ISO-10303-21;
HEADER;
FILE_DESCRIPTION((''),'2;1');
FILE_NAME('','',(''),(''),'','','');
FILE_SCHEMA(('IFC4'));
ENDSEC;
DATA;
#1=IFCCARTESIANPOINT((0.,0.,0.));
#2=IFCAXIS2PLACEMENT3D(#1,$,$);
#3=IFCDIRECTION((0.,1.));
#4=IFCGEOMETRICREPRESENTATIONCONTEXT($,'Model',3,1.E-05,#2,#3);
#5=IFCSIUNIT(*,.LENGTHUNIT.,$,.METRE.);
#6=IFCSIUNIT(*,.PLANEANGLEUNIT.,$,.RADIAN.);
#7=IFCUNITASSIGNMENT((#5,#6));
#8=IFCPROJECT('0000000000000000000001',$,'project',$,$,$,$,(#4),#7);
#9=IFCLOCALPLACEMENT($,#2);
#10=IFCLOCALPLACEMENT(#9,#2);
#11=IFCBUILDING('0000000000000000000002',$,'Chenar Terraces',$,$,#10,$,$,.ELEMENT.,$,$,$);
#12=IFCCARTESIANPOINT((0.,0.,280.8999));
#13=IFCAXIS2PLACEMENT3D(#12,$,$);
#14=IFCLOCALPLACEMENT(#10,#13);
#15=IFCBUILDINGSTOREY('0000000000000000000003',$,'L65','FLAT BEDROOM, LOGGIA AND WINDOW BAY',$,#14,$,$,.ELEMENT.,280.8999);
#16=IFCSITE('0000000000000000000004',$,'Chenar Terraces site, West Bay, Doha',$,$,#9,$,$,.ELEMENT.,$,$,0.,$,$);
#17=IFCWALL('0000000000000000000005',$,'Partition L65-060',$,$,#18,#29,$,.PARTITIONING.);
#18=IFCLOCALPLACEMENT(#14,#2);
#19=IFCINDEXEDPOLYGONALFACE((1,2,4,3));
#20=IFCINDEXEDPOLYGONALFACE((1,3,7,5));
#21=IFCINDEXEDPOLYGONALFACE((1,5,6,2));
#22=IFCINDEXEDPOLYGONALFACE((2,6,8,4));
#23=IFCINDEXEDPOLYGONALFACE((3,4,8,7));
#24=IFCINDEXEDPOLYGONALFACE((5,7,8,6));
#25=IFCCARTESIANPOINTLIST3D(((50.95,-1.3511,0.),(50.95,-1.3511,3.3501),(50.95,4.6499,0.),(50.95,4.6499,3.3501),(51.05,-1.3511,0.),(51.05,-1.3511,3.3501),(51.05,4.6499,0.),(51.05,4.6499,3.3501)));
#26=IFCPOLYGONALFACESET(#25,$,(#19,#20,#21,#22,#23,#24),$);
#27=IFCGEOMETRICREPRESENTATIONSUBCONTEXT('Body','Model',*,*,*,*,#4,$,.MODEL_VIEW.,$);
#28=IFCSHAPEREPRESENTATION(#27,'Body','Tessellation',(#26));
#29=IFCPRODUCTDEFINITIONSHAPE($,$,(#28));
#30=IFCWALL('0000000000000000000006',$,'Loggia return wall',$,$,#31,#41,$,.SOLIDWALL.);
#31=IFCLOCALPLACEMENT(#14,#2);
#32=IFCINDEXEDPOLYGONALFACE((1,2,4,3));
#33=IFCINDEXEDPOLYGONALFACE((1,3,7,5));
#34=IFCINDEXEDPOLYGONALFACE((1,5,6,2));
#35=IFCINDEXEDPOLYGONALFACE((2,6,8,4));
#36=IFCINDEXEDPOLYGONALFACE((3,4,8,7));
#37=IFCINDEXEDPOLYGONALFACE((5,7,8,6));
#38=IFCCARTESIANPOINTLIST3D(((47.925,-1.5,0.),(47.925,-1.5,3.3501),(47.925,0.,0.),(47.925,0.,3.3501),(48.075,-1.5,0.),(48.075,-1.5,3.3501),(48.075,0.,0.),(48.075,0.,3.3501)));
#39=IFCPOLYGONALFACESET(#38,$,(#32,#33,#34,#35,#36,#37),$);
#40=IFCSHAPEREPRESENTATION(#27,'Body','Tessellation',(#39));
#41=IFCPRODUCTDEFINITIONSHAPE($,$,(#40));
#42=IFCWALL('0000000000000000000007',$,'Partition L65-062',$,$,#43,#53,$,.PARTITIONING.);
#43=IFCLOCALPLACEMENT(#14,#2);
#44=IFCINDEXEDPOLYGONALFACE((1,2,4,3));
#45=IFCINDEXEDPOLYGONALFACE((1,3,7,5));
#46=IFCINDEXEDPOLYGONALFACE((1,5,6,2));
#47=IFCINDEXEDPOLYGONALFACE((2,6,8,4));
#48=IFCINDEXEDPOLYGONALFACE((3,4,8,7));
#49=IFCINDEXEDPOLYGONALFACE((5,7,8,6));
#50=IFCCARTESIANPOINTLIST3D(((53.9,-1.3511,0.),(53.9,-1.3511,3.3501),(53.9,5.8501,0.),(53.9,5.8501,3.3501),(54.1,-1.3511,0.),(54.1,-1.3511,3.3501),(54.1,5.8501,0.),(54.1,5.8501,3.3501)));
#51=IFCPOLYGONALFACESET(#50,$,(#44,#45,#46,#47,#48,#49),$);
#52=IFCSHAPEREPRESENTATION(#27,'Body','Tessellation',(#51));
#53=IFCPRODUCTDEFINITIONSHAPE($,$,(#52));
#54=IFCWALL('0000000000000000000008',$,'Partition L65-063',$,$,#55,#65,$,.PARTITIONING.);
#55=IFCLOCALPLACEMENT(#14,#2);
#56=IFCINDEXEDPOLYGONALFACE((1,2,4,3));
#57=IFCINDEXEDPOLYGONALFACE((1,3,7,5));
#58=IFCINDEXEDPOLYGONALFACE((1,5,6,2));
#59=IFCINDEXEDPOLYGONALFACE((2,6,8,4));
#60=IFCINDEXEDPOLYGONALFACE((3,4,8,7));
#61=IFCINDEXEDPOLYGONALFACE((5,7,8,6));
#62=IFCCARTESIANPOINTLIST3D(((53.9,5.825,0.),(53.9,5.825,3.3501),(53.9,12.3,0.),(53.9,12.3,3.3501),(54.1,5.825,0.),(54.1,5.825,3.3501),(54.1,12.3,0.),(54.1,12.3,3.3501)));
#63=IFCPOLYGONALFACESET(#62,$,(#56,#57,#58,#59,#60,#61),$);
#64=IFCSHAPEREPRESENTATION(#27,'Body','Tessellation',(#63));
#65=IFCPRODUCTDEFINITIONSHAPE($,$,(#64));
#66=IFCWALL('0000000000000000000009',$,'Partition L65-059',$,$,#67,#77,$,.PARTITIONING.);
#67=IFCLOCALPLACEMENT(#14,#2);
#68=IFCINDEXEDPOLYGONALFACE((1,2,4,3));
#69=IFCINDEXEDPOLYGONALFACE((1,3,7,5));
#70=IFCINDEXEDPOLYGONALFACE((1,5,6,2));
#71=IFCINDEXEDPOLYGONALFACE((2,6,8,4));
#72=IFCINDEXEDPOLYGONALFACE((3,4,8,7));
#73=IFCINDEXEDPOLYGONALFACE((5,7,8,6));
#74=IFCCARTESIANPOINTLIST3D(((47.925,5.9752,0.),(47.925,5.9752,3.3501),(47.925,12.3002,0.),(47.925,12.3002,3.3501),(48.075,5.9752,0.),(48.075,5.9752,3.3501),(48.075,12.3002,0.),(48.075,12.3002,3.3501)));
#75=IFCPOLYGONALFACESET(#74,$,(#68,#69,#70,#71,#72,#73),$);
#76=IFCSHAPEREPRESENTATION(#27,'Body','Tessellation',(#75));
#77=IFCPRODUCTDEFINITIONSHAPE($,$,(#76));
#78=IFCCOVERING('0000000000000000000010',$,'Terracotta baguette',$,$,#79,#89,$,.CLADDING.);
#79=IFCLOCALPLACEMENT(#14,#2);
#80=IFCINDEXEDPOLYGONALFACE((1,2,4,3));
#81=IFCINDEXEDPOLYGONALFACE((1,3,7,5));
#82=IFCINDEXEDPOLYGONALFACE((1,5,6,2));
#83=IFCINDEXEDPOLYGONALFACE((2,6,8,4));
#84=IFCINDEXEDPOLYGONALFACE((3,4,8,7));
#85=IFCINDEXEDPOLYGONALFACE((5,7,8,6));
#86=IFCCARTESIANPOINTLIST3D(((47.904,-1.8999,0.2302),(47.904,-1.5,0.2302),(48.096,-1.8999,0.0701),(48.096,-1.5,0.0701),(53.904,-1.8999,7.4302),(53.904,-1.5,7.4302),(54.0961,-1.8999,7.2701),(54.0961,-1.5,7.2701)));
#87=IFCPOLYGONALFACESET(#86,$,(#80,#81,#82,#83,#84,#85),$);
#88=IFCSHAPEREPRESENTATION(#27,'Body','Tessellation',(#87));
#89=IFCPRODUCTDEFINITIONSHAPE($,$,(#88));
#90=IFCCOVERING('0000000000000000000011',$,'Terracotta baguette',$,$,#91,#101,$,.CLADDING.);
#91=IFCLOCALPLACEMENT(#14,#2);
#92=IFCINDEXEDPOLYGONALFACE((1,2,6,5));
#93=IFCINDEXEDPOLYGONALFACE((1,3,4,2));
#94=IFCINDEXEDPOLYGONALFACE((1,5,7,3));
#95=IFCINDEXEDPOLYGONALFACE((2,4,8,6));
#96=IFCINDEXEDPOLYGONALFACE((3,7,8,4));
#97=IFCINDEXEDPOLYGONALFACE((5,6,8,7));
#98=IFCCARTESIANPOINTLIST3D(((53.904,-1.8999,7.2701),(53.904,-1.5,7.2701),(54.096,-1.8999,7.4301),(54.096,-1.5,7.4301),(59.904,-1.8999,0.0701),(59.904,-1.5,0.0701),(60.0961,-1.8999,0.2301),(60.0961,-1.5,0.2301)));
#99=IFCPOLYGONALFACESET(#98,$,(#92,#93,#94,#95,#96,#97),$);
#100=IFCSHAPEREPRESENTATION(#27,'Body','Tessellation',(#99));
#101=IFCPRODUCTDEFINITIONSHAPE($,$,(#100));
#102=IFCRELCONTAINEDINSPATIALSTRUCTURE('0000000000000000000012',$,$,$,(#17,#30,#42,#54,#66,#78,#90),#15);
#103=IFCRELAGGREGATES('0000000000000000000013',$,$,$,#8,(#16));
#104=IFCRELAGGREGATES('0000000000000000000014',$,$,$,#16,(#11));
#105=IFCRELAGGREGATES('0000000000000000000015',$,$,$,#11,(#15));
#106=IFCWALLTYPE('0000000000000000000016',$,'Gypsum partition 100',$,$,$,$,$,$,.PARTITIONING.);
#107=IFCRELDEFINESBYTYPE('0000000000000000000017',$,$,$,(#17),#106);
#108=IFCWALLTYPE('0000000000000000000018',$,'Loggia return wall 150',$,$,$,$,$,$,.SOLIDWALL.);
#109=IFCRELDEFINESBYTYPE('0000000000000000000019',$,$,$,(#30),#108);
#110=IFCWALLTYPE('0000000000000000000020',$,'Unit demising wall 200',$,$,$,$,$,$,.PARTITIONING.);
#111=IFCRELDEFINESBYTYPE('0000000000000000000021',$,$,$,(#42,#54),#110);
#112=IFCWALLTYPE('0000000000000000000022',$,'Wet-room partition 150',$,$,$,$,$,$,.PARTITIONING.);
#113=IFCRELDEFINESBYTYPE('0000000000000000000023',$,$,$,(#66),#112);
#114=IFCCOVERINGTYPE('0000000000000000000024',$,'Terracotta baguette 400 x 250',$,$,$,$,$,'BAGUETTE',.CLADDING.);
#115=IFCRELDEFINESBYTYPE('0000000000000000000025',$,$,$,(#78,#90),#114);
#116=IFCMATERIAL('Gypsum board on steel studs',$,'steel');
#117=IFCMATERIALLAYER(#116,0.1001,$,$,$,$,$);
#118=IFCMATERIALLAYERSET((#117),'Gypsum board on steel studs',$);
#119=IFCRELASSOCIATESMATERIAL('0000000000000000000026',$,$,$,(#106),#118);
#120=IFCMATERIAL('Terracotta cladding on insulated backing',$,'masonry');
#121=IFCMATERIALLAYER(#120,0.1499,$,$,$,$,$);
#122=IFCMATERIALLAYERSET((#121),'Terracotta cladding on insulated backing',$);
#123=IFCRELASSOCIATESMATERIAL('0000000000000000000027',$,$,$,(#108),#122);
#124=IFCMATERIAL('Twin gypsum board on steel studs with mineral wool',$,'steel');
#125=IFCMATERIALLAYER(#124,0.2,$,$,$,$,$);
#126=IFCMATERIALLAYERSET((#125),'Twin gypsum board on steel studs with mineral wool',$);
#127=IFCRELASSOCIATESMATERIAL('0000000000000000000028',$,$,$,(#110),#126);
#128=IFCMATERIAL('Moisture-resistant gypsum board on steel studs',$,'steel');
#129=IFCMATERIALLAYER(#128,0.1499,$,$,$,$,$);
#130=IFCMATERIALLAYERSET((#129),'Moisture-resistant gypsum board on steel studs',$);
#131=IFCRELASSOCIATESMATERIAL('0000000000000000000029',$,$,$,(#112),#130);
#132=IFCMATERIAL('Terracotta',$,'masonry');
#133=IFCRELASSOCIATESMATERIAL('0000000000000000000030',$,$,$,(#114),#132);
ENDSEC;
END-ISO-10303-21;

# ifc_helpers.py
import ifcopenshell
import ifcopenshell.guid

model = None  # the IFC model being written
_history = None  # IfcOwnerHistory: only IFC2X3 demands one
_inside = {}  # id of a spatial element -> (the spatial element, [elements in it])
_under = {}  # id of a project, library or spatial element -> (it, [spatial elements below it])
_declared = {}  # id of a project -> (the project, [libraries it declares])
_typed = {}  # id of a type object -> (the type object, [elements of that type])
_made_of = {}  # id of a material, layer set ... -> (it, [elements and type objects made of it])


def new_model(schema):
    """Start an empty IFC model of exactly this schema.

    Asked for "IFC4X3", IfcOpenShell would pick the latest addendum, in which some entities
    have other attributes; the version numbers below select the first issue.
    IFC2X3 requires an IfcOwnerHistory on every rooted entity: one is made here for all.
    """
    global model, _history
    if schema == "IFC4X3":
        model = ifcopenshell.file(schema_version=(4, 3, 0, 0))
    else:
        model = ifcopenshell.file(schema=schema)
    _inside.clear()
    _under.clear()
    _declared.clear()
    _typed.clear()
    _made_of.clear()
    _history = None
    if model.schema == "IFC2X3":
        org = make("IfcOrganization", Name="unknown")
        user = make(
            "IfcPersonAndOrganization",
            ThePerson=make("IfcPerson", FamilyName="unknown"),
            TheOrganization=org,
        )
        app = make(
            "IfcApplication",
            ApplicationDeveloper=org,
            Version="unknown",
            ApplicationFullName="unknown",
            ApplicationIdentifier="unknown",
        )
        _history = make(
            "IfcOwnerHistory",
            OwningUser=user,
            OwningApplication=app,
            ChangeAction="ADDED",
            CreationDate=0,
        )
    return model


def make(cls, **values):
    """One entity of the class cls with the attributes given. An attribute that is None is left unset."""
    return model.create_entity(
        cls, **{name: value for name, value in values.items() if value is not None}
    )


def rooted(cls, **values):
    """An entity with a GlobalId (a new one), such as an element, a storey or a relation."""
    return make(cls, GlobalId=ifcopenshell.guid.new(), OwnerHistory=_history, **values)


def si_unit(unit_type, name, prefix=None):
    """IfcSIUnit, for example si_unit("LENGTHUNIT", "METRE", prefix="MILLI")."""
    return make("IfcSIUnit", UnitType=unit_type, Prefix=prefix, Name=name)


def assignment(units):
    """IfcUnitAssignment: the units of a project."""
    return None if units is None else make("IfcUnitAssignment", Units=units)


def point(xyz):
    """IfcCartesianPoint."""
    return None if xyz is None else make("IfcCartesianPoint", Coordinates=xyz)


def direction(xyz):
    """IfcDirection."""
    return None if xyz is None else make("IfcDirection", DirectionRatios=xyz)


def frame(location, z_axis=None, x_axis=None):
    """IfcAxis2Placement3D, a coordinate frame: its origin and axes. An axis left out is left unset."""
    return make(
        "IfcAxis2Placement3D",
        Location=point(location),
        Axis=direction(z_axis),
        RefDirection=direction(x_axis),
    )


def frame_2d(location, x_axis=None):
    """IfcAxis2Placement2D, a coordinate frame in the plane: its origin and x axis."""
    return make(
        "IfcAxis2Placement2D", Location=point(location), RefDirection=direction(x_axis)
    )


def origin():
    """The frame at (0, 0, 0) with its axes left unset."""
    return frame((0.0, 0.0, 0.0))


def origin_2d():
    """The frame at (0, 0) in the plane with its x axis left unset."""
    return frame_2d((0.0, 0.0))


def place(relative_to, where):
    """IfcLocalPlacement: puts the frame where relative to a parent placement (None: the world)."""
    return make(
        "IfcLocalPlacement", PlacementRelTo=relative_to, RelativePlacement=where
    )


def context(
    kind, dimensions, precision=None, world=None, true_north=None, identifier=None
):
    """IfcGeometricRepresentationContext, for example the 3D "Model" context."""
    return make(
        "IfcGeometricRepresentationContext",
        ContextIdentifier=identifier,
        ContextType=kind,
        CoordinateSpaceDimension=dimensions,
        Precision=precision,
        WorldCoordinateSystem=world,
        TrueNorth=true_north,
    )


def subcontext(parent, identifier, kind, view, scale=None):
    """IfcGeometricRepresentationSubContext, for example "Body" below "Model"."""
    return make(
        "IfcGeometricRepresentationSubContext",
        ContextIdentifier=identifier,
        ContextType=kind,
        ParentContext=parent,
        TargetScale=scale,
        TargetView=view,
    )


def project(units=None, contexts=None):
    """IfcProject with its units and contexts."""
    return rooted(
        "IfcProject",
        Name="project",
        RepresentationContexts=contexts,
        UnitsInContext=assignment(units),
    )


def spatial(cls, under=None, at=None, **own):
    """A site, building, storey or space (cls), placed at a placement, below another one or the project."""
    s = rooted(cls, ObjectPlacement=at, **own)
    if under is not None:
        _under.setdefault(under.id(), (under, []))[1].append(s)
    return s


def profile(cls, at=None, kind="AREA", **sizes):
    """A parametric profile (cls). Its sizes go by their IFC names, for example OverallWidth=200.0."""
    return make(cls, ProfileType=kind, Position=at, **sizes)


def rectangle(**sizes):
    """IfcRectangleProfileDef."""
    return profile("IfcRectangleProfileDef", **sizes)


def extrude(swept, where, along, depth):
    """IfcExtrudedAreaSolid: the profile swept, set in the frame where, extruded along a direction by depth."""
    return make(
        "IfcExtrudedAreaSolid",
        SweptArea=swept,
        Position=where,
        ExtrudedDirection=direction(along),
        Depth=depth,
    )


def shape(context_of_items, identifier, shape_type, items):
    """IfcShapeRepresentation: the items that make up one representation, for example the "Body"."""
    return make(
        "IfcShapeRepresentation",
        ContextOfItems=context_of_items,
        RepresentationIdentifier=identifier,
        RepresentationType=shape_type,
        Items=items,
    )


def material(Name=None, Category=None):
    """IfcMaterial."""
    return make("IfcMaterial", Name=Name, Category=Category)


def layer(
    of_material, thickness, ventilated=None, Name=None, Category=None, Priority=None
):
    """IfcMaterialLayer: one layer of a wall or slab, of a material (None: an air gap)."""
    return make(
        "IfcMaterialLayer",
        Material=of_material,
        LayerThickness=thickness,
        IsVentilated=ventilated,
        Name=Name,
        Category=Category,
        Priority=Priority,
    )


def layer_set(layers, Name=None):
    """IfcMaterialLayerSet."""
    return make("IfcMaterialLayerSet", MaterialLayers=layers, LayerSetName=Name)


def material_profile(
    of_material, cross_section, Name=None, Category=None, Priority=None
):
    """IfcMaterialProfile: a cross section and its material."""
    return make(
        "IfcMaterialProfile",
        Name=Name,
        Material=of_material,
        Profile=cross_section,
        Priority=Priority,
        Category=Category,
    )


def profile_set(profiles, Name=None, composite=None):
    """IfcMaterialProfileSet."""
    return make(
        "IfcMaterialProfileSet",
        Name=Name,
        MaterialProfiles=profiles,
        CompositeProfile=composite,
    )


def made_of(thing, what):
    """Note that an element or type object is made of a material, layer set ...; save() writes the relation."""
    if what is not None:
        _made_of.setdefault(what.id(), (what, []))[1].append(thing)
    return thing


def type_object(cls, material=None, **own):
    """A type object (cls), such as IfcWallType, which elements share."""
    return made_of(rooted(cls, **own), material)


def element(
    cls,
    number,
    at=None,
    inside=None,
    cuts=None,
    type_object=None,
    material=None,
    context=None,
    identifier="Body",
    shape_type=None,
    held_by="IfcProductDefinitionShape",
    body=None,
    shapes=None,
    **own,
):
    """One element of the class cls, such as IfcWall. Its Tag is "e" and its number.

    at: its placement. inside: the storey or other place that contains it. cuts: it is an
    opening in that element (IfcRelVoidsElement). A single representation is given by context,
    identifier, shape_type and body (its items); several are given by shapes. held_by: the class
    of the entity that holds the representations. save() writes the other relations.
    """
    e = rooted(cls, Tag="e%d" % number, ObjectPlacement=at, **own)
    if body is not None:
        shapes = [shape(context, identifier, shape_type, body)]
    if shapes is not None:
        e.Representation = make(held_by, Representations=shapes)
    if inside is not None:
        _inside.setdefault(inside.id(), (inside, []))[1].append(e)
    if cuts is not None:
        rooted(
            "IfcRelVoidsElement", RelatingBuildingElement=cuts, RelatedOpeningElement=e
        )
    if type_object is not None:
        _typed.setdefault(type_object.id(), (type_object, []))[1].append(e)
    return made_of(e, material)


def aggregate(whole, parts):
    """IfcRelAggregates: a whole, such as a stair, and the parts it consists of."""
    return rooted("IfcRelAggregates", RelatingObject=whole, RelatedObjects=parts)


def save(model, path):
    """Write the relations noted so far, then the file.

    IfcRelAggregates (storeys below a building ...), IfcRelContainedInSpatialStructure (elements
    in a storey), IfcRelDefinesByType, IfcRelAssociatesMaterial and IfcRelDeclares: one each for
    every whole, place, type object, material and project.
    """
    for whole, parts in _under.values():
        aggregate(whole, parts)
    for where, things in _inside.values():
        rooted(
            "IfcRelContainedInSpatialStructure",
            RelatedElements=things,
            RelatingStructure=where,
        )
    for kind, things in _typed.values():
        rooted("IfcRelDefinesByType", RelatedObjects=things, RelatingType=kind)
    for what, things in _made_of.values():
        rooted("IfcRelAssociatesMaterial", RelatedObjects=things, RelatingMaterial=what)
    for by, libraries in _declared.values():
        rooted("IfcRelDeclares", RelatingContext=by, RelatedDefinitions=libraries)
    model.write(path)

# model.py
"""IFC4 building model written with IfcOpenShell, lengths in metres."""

from ifc_helpers import new_model, si_unit, direction, frame, frame_2d, origin, origin_2d, place, context, subcontext, project, spatial, rectangle, extrude, material, layer, layer_set, material_profile, profile_set, type_object, element, save


model = new_model("IFC4")

# Units and contexts
model_context = context("Model", 3, precision=1e-05, world=origin(), true_north=direction((0.0, 1.0)))
body_context = subcontext(model_context, "Body", "Model", "MODEL_VIEW")
ifc_project = project(units=[si_unit("LENGTHUNIT", "METRE"), si_unit("PLANEANGLEUNIT", "RADIAN")], contexts=[model_context])

# Site, building, storey
site_placement = place(None, origin())
site = spatial("IfcSite", under=ifc_project, at=site_placement, Name="Chenar Terraces site, West Bay, Doha", CompositionType="ELEMENT", RefElevation=0.0)
building_placement = place(site_placement, origin())
building = spatial("IfcBuilding", under=site, at=building_placement, Name="Chenar Terraces", CompositionType="ELEMENT")
storey_placement = place(building_placement, frame((0.0, 0.0, 280.8999)))
storey = spatial("IfcBuildingStorey", under=building, at=storey_placement, Name="L65", Description="FLAT BEDROOM, LOGGIA AND WINDOW BAY", CompositionType="ELEMENT", Elevation=280.8999)

# Walls
ifc_material_1 = material(Name="Gypsum board on steel studs", Category="steel")
ifc_layer_1 = layer(ifc_material_1, 0.1001)
ifc_layer_set_1 = layer_set([ifc_layer_1], Name="Gypsum board on steel studs")
wall_type_1 = type_object("IfcWallType", Name="Gypsum partition 100", PredefinedType="PARTITIONING", material=ifc_layer_set_1)
wall_1_placement = place(storey_placement, frame((51.0, -1.3511, 0.0), z_axis=(0.0, 0.0, 1.0), x_axis=(0.0, 1.0, 0.0)))
element("IfcWall", 1, at=wall_1_placement, inside=storey, type_object=wall_type_1, Name="Partition L65-060", PredefinedType="PARTITIONING", context=body_context, shape_type="SweptSolid", body=[
    extrude(rectangle(XDim=6.001, YDim=0.1001, at=frame_2d((3.0005, 0.0))), origin(), (0.0, 0.0, 1.0), 3.3501),
])
ifc_material_2 = material(Name="Terracotta cladding on insulated backing", Category="masonry")
ifc_layer_2 = layer(ifc_material_2, 0.1499)
ifc_layer_set_2 = layer_set([ifc_layer_2], Name="Terracotta cladding on insulated backing")
wall_type_2 = type_object("IfcWallType", Name="Loggia return wall 150", PredefinedType="SOLIDWALL", material=ifc_layer_set_2)
wall_2_placement = place(storey_placement, frame((48.0, -1.5, 0.0), z_axis=(0.0, 0.0, 1.0), x_axis=(0.0, 1.0, 0.0)))
element("IfcWall", 2, at=wall_2_placement, inside=storey, type_object=wall_type_2, Name="Loggia return wall", PredefinedType="SOLIDWALL", context=body_context, shape_type="SweptSolid", body=[
    extrude(rectangle(XDim=1.5, YDim=0.1499, at=frame_2d((0.75, 0.0))), origin(), (0.0, 0.0, 1.0), 3.3501),
])
ifc_material_3 = material(Name="Twin gypsum board on steel studs with mineral wool", Category="steel")
ifc_layer_3 = layer(ifc_material_3, 0.2)
ifc_layer_set_3 = layer_set([ifc_layer_3], Name="Twin gypsum board on steel studs with mineral wool")
wall_type_3 = type_object("IfcWallType", Name="Unit demising wall 200", PredefinedType="PARTITIONING", material=ifc_layer_set_3)
wall_3_placement = place(storey_placement, frame((54.0, -1.3511, 0.0), z_axis=(0.0, 0.0, 1.0), x_axis=(0.0, 1.0, 0.0)))
element("IfcWall", 3, at=wall_3_placement, inside=storey, type_object=wall_type_3, Name="Partition L65-062", PredefinedType="PARTITIONING", context=body_context, shape_type="SweptSolid", body=[
    extrude(rectangle(XDim=7.2012, YDim=0.2, at=frame_2d((3.6006, 0.0))), origin(), (0.0, 0.0, 1.0), 3.3501),
])
wall_4_placement = place(storey_placement, frame((54.0, 5.825, 0.0), z_axis=(0.0, 0.0, 1.0), x_axis=(0.0, 1.0, 0.0)))
element("IfcWall", 4, at=wall_4_placement, inside=storey, type_object=wall_type_3, Name="Partition L65-063", PredefinedType="PARTITIONING", context=body_context, shape_type="SweptSolid", body=[
    extrude(rectangle(XDim=6.4751, YDim=0.2, at=frame_2d((3.2375, 0.0))), origin(), (0.0, 0.0, 1.0), 3.3501),
])
ifc_material_4 = material(Name="Moisture-resistant gypsum board on steel studs", Category="steel")
ifc_layer_4 = layer(ifc_material_4, 0.1499)
ifc_layer_set_4 = layer_set([ifc_layer_4], Name="Moisture-resistant gypsum board on steel studs")
wall_type_4 = type_object("IfcWallType", Name="Wet-room partition 150", PredefinedType="PARTITIONING", material=ifc_layer_set_4)
wall_5_placement = place(storey_placement, frame((48.0, 5.9751, 0.0), z_axis=(0.0, 0.0, 1.0), x_axis=(0.0, 1.0, 0.0)))
element("IfcWall", 5, at=wall_5_placement, inside=storey, type_object=wall_type_4, Name="Partition L65-059", PredefinedType="PARTITIONING", context=body_context, shape_type="SweptSolid", body=[
    extrude(rectangle(XDim=6.325, YDim=0.1499, at=frame_2d((3.1626, 0.0))), origin(), (0.0, 0.0, 1.0), 3.3501),
])

# Coverings
ifc_material_5 = material(Name="Terracotta", Category="masonry")
ifc_material_profile_1 = material_profile(ifc_material_5, rectangle(XDim=0.3999, YDim=0.25, at=origin_2d()), Name="Terracotta baguette 400 x 250")
ifc_profile_set_1 = profile_set([ifc_material_profile_1], Name="Terracotta")
covering_type = type_object("IfcCoveringType", Name="Terracotta baguette 400 x 250", ElementType="BAGUETTE", PredefinedType="CLADDING", material=ifc_profile_set_1)
for number, where, z_axis, x_axis, name in (
    (6, (48.0, -1.7, 0.1501), (0.640187, 0.0, 0.768219), (0.0, 1.0, 0.0), "Terracotta baguette"),
    (7, (54.0, -1.7, 7.3501), (0.640187, 0.0, -0.768219), (0.0, 1.0, 0.0), "Terracotta baguette"),
):
    element("IfcCovering", number, at=place(storey_placement, frame(where, z_axis=z_axis, x_axis=x_axis)), inside=storey, type_object=covering_type, Name=name, PredefinedType="CLADDING", context=body_context, shape_type="SweptSolid", body=[
        extrude(rectangle(XDim=0.3999, YDim=0.25, at=origin_2d()), origin(), (0.0, 0.0, 1.0), 9.3723),
    ])

save(model, "model.ifc")
